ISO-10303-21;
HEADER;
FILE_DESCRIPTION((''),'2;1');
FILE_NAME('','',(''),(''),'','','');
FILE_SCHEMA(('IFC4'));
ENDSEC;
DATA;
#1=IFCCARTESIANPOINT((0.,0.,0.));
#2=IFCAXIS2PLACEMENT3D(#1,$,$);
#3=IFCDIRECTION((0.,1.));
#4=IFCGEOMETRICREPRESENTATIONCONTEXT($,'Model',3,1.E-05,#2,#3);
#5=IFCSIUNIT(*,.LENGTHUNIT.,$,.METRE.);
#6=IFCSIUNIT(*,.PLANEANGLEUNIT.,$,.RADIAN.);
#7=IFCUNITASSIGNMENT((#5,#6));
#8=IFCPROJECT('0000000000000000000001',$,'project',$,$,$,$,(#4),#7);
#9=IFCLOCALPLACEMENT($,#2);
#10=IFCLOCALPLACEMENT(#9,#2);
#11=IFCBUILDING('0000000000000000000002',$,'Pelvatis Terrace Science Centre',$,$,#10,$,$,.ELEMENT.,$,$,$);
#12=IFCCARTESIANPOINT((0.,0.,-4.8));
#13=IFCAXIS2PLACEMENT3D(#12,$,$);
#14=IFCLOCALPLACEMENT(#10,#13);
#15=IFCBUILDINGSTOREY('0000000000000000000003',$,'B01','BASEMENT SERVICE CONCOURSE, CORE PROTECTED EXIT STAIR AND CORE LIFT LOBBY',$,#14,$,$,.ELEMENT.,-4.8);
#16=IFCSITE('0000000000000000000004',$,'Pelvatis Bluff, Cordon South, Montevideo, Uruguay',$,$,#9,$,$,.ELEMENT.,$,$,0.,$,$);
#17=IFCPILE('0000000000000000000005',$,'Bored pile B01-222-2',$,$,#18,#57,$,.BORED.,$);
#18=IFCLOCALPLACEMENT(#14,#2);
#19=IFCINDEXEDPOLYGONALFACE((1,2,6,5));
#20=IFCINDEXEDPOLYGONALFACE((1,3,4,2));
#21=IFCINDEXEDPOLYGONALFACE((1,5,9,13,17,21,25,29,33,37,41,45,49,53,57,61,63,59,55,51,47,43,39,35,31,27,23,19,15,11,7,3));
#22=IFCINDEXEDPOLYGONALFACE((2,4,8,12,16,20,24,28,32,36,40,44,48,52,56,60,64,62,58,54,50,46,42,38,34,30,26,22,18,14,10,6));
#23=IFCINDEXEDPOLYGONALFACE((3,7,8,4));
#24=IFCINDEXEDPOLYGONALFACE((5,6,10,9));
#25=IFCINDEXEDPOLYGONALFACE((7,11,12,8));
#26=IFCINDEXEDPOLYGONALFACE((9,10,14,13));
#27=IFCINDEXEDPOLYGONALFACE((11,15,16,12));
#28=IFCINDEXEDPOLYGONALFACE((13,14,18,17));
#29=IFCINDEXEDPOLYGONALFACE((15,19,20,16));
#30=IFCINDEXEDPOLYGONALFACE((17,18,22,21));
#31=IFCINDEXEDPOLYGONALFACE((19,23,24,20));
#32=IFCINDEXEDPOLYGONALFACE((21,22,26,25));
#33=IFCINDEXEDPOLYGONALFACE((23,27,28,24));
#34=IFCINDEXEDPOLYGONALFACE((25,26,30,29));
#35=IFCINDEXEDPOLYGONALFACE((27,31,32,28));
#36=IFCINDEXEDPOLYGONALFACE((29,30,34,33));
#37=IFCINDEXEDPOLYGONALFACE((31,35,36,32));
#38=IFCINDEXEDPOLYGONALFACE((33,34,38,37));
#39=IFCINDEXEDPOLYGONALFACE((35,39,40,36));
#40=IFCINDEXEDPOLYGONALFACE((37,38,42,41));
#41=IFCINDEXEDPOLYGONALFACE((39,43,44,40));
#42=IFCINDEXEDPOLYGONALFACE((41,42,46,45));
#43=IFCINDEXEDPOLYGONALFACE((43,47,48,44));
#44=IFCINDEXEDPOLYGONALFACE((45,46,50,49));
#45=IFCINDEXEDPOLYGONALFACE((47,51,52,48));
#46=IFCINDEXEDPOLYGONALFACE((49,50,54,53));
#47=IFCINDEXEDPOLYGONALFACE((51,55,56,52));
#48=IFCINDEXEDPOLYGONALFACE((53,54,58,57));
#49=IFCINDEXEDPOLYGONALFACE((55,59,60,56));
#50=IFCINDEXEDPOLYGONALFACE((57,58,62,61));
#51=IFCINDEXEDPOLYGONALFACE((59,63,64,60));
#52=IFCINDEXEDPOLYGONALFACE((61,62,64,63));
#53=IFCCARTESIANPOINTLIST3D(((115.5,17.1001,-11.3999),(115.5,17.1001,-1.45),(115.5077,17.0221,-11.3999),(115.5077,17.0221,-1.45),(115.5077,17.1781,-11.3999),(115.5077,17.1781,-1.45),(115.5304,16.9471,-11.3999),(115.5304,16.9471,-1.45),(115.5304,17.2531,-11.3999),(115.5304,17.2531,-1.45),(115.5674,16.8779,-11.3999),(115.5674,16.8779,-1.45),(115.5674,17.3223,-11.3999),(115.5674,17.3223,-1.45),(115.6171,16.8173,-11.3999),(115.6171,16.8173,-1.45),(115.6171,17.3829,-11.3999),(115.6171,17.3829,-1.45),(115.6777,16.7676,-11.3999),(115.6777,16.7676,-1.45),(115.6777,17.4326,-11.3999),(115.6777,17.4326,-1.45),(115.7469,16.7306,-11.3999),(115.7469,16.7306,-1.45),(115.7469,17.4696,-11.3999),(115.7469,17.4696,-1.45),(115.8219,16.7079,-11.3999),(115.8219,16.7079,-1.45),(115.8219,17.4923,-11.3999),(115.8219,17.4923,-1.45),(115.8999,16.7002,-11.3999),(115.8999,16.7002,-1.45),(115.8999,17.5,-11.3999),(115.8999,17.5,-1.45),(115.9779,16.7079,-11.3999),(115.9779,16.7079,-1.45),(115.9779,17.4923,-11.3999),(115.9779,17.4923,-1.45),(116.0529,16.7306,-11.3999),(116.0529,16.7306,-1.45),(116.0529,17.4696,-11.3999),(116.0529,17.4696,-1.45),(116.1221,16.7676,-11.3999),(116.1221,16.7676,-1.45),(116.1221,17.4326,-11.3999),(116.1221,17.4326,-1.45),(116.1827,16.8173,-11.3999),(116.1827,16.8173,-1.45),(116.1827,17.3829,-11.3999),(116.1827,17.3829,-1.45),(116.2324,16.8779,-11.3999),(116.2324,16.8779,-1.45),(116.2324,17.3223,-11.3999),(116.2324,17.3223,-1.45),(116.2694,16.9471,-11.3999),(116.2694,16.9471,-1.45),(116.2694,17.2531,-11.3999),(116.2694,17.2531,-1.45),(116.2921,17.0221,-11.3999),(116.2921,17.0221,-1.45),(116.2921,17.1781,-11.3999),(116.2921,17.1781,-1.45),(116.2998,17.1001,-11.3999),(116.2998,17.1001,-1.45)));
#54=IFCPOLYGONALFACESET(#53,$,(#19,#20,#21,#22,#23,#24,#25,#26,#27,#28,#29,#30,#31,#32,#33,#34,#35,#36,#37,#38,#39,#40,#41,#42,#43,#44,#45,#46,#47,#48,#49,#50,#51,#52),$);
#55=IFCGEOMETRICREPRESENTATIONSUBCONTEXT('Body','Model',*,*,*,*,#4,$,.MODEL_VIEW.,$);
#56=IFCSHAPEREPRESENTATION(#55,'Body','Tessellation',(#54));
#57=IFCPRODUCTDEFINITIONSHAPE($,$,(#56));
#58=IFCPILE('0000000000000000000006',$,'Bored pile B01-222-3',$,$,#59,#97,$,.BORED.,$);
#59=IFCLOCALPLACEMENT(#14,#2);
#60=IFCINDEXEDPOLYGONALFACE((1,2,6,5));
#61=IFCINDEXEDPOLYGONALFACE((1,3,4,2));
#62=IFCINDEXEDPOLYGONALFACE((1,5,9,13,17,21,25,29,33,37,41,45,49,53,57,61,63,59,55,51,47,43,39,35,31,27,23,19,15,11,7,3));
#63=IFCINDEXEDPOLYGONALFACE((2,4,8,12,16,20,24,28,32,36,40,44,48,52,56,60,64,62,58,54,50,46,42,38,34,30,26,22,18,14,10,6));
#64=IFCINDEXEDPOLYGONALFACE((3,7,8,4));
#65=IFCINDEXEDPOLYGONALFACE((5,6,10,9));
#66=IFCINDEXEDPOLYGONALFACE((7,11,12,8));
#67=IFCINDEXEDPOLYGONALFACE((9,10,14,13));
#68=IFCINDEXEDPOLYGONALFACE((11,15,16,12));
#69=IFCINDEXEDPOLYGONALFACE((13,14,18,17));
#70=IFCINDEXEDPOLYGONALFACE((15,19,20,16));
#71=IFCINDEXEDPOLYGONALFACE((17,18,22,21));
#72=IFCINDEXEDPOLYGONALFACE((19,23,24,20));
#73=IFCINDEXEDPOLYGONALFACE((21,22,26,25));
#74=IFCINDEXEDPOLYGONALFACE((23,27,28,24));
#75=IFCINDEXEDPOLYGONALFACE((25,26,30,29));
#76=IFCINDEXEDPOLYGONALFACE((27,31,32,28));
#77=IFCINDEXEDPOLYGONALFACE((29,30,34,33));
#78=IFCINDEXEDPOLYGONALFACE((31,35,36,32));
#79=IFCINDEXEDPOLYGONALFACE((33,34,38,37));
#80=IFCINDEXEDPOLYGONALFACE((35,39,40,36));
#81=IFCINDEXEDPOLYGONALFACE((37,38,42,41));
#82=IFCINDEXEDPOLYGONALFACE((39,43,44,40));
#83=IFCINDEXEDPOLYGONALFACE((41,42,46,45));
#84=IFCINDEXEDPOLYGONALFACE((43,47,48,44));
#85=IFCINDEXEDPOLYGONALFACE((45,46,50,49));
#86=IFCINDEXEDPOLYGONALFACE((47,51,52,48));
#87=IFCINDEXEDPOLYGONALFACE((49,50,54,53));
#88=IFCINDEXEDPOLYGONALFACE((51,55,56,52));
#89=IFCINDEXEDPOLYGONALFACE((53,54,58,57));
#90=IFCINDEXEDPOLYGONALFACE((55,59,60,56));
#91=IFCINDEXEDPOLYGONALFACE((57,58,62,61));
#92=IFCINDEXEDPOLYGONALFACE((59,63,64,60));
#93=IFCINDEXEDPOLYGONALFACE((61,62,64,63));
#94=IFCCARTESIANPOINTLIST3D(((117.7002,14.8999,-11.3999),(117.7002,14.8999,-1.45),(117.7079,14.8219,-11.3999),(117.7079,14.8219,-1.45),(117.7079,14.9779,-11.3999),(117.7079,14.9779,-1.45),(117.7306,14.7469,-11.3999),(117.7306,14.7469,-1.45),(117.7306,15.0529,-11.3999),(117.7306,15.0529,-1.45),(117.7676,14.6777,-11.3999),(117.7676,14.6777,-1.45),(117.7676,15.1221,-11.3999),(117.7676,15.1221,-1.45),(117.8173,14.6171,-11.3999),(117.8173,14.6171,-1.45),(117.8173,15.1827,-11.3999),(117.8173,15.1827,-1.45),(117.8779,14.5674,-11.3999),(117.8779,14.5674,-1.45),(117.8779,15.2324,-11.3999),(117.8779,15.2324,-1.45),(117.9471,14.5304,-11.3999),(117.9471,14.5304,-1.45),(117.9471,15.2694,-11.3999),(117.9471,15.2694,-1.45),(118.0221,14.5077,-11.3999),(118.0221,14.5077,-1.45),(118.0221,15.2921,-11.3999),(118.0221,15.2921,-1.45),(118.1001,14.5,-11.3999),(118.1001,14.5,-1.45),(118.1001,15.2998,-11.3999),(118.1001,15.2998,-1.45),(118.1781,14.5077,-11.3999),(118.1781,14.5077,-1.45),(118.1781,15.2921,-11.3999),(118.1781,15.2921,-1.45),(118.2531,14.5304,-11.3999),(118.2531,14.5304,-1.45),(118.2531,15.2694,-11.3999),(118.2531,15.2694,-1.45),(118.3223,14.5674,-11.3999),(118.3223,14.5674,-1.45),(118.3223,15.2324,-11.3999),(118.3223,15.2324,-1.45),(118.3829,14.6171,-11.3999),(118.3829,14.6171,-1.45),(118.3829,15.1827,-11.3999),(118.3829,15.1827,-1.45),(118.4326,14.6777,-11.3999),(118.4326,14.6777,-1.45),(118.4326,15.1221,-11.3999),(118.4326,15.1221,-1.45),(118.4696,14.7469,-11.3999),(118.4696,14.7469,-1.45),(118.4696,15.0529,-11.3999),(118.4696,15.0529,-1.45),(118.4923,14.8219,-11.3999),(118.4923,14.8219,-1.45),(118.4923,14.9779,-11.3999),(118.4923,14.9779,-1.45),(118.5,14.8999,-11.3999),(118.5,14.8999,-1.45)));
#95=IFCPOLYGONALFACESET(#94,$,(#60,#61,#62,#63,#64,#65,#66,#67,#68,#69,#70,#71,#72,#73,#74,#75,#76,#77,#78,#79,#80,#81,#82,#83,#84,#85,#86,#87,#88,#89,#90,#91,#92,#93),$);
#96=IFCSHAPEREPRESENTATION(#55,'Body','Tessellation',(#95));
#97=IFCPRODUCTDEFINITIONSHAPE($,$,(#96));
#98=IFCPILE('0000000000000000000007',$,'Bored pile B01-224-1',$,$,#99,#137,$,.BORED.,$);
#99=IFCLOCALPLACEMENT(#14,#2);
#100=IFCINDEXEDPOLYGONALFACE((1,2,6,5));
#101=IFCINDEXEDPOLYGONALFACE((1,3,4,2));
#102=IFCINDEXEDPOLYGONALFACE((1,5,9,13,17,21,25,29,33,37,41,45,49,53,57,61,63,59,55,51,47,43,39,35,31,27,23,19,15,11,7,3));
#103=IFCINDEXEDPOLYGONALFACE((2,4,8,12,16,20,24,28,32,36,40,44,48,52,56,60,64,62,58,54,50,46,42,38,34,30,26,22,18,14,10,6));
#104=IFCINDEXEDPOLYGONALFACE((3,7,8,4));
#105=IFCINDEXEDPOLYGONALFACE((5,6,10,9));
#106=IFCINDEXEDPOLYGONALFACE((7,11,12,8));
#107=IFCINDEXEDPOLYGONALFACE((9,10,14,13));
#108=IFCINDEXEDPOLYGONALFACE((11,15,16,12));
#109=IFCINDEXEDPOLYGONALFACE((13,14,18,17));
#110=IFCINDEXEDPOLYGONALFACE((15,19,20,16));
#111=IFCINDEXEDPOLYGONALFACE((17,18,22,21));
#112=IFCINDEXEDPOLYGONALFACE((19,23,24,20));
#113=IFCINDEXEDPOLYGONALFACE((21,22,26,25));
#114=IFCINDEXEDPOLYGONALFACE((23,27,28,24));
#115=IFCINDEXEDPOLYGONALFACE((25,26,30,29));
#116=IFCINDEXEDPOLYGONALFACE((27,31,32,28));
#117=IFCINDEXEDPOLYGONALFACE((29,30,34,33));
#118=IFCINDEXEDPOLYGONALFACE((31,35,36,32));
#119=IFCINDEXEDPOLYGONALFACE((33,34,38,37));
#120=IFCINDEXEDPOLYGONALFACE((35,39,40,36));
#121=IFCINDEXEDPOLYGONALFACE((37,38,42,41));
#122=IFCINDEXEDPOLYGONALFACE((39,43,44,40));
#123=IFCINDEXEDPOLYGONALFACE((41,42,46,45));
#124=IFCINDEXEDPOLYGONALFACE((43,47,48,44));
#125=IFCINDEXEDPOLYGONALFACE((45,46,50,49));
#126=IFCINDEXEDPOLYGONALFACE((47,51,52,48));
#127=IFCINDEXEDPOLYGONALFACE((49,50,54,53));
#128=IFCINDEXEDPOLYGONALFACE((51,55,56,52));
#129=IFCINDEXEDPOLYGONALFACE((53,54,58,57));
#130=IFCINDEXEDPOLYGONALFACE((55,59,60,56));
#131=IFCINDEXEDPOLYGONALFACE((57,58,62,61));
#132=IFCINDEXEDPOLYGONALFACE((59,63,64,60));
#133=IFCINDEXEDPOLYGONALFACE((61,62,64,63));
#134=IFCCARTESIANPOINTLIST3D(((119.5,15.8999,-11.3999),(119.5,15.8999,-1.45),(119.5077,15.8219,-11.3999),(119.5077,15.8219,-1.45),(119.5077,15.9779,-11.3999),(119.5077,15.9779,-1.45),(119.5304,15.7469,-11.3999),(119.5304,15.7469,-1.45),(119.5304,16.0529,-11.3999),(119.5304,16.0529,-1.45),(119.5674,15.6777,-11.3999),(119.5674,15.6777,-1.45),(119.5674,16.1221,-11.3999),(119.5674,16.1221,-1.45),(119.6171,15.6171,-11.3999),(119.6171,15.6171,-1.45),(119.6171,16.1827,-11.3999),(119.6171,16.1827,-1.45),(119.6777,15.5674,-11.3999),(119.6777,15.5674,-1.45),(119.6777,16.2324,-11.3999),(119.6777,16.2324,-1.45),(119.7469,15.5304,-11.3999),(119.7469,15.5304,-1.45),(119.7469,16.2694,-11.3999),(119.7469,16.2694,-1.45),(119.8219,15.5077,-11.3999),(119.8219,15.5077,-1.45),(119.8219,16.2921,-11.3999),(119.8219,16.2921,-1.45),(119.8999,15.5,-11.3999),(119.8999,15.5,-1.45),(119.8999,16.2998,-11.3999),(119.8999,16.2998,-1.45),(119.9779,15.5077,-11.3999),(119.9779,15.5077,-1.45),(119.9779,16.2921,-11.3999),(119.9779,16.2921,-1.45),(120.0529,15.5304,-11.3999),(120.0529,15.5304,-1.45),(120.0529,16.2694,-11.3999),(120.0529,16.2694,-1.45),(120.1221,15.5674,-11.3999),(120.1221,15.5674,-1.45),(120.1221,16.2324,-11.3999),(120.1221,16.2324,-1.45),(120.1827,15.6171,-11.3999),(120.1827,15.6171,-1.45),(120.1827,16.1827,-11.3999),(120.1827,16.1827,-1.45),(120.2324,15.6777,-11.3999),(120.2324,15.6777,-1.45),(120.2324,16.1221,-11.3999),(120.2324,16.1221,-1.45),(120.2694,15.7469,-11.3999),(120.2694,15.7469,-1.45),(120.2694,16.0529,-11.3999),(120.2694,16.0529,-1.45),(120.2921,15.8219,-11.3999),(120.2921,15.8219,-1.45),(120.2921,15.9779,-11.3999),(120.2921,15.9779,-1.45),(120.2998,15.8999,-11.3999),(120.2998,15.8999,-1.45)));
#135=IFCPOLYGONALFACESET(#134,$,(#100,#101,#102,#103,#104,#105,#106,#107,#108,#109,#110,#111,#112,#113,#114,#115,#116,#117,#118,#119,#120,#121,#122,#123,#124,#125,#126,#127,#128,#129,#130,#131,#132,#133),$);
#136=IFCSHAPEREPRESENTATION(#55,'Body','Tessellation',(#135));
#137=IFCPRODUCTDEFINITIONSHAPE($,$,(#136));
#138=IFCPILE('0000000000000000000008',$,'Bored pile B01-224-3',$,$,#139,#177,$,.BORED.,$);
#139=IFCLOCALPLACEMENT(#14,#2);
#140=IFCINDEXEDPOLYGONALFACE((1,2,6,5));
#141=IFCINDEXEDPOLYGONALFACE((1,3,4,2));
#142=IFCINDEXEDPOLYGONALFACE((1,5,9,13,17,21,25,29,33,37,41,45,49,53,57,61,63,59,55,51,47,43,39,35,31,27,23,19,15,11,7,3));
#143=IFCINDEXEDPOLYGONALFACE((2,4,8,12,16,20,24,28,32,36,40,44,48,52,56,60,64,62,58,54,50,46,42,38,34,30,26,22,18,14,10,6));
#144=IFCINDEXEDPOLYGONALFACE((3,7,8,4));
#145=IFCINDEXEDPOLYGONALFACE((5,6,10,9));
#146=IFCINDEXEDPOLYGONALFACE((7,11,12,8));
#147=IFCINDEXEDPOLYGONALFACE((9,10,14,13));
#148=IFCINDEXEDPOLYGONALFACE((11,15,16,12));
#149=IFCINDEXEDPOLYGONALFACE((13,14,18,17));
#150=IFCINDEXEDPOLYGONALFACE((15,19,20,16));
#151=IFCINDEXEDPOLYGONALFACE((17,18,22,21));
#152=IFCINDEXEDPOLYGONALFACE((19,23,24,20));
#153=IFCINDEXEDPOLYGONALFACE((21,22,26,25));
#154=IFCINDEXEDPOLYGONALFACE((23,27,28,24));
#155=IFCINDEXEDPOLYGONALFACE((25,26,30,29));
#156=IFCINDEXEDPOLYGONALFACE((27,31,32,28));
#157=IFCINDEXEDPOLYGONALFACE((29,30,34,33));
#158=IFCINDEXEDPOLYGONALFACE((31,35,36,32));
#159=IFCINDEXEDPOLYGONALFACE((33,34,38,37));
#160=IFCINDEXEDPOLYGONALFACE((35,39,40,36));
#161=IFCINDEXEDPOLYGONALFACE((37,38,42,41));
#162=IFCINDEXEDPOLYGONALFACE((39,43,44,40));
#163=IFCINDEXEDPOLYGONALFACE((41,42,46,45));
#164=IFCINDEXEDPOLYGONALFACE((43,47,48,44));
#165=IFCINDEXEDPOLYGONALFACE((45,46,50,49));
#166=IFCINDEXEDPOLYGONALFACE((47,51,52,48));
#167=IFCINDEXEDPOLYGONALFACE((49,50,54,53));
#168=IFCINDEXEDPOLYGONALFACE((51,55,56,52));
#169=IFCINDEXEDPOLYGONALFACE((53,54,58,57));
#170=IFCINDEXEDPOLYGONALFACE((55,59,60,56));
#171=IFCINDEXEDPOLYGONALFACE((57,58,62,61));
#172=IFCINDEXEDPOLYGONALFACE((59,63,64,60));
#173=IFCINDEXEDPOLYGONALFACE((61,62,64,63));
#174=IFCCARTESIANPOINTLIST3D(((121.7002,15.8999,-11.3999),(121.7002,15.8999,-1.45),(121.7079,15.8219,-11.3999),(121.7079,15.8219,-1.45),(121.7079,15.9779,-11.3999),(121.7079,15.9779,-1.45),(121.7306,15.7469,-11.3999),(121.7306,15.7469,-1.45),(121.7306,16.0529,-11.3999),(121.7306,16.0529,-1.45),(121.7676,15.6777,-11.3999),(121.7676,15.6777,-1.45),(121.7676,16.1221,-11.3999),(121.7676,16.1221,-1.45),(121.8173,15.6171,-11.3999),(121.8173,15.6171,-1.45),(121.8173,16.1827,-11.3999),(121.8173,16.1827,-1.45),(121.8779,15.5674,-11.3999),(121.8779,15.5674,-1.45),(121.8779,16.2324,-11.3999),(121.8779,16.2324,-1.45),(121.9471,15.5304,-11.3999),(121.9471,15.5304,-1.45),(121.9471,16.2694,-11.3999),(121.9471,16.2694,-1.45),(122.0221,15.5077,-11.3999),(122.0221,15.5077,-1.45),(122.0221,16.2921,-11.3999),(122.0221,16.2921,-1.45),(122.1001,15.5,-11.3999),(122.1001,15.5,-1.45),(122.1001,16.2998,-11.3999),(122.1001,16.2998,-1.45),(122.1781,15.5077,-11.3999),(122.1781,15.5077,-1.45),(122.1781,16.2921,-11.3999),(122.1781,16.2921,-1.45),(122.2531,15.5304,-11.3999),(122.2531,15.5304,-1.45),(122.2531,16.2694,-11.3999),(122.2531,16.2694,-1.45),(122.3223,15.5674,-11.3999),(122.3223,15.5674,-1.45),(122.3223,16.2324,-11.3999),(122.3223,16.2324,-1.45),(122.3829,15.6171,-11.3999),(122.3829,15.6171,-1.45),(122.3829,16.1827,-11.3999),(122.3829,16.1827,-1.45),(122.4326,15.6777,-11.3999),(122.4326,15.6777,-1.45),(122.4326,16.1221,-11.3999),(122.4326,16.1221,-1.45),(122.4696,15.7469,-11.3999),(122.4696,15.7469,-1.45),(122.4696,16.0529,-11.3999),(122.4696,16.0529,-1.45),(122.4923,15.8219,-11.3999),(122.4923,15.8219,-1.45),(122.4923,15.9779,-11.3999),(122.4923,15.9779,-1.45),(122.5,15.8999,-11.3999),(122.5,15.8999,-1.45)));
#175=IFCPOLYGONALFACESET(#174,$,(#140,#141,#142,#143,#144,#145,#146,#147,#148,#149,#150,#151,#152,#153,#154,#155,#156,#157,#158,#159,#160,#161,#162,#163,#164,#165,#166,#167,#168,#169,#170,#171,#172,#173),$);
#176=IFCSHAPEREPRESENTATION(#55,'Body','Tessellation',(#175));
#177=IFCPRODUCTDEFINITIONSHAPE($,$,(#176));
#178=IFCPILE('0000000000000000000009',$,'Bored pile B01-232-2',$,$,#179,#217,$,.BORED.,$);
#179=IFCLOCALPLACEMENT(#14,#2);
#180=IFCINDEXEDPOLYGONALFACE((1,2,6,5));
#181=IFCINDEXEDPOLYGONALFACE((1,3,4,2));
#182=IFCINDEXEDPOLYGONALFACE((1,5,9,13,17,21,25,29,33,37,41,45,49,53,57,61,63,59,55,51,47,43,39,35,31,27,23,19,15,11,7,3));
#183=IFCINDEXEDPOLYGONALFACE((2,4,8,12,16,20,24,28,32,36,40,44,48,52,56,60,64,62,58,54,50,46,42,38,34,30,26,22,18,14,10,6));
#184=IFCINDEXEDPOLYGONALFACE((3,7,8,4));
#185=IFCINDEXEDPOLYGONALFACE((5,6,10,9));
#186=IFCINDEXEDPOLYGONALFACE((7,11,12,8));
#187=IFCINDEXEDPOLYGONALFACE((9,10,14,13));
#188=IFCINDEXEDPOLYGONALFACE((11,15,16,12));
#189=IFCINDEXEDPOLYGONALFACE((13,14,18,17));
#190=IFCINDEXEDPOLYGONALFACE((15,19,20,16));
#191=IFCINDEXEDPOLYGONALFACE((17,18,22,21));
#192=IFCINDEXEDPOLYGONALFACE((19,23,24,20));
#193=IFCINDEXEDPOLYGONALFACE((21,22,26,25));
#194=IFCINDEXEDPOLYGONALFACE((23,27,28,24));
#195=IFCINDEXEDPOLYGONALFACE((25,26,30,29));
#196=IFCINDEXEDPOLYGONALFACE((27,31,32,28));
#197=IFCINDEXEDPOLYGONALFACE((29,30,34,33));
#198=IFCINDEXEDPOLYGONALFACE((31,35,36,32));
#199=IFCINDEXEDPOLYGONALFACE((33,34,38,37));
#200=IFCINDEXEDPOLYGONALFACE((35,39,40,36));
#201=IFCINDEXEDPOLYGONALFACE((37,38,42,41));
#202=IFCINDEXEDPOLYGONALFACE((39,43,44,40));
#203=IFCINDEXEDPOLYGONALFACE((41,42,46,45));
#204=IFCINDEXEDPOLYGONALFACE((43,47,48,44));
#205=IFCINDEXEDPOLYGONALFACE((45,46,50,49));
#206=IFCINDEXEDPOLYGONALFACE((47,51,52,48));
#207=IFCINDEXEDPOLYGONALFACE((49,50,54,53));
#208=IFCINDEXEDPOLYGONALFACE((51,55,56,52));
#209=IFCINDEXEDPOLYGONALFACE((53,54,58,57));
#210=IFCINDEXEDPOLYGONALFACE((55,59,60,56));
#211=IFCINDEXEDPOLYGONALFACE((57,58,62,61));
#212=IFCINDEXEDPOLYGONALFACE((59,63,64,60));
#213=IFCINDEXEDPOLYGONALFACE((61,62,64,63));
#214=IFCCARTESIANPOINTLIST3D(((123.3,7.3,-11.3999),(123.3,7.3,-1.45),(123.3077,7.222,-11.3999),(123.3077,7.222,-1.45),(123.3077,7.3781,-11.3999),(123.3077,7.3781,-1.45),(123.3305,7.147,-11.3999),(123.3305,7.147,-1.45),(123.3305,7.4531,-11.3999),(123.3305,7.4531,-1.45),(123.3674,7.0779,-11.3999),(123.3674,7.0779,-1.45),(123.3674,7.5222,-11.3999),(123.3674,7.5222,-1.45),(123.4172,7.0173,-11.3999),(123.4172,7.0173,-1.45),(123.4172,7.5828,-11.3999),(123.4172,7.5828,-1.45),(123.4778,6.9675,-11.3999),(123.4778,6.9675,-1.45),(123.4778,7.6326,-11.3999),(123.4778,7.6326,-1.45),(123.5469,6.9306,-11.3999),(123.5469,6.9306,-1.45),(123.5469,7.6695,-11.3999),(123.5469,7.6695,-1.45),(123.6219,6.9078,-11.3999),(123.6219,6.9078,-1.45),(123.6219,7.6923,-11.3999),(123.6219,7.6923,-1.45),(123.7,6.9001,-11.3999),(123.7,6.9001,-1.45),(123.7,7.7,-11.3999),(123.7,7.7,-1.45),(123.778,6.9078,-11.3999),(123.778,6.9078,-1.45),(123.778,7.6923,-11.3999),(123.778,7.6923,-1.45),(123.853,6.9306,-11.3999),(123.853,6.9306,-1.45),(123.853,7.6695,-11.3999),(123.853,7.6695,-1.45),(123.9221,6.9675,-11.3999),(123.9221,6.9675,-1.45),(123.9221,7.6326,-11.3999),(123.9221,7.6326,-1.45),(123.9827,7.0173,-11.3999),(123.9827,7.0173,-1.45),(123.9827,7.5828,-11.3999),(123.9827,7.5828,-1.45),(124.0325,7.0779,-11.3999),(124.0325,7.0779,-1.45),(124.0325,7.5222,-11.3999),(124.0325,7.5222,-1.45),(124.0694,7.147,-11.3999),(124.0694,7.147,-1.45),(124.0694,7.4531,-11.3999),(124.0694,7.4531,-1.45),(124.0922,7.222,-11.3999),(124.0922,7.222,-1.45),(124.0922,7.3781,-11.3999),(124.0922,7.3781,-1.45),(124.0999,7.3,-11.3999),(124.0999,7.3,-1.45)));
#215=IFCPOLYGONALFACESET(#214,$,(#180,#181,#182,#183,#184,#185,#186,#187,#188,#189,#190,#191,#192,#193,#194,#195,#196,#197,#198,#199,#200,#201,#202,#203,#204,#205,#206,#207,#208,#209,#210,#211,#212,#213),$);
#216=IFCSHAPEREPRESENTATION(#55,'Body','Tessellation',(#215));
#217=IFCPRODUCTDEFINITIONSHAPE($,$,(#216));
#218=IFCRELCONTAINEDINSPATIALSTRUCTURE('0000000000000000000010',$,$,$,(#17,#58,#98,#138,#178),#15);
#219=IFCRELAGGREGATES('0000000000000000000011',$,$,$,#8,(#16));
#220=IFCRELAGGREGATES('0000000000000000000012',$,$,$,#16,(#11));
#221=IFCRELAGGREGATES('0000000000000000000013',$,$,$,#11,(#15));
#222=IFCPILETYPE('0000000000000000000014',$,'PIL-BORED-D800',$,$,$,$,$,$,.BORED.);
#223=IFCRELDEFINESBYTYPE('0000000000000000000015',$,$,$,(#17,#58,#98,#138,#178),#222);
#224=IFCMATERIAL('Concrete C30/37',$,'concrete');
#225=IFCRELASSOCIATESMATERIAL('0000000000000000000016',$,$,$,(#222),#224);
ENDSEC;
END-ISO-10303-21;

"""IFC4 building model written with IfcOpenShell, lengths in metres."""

from ifc_helpers import new_model, si_unit, direction, frame, origin, origin_2d, place, context, subcontext, project, spatial, circle, extrude, material, material_profile, profile_set, type_object, element, save


model = new_model("IFC4")

# Units and contexts
model_context = context("Model", 3, precision=1e-05, world=origin(), true_north=direction((0.0, 1.0)))
body_context = subcontext(model_context, "Body", "Model", "MODEL_VIEW")
ifc_project = project(units=[si_unit("LENGTHUNIT", "METRE"), si_unit("PLANEANGLEUNIT", "RADIAN")], contexts=[model_context])

# Site, building, storey
site_placement = place(None, origin())
site = spatial("IfcSite", under=ifc_project, at=site_placement, Name="Pelvatis Bluff, Cordon South, Montevideo, Uruguay", CompositionType="ELEMENT", RefElevation=0.0)
building_placement = place(site_placement, origin())
building = spatial("IfcBuilding", under=site, at=building_placement, Name="Pelvatis Terrace Science Centre", CompositionType="ELEMENT")
storey_placement = place(building_placement, frame((0.0, 0.0, -4.8)))
storey = spatial("IfcBuildingStorey", under=building, at=storey_placement, Name="B01", Description="BASEMENT SERVICE CONCOURSE, CORE PROTECTED EXIT STAIR AND CORE LIFT LOBBY", CompositionType="ELEMENT", Elevation=-4.8)

# Piles
ifc_material_1 = material(Name="Concrete C30/37", Category="concrete")
ifc_material_profile_1 = material_profile(ifc_material_1, circle(Radius=0.3999, at=origin_2d()), Name="PILE D800")
ifc_profile_set_1 = profile_set([ifc_material_profile_1], Name="Concrete C30/37")
pile_type = type_object("IfcPileType", Name="PIL-BORED-D800", PredefinedType="BORED", material=ifc_profile_set_1)
for number, where, z_axis, x_axis, name in (
    (1, (115.8999, 17.1001, -1.45), (0.0, 0.0, -1.0), (1.0, 0.0, 0.0), "Bored pile B01-222-2"),
    (2, (118.1001, 14.8999, -1.45), (0.0, 0.0, -1.0), (1.0, 0.0, 0.0), "Bored pile B01-222-3"),
    (3, (119.8999, 15.8999, -1.45), (0.0, 0.0, -1.0), (1.0, 0.0, 0.0), "Bored pile B01-224-1"),
    (4, (122.1001, 15.8999, -1.45), (0.0, 0.0, -1.0), (1.0, 0.0, 0.0), "Bored pile B01-224-3"),
    (5, (123.7, 7.3, -1.45), (0.0, 0.0, -1.0), (1.0, 0.0, 0.0), "Bored pile B01-232-2"),
):
    element("IfcPile", number, at=place(storey_placement, frame(where, z_axis=z_axis, x_axis=x_axis)), inside=storey, type_object=pile_type, Name=name, PredefinedType="BORED", context=body_context, shape_type="SweptSolid", body=[
        extrude(circle(Radius=0.3999, at=origin_2d()), origin(), (0.0, 0.0, 1.0), 9.95),
    ])

save(model, "model.ifc")
